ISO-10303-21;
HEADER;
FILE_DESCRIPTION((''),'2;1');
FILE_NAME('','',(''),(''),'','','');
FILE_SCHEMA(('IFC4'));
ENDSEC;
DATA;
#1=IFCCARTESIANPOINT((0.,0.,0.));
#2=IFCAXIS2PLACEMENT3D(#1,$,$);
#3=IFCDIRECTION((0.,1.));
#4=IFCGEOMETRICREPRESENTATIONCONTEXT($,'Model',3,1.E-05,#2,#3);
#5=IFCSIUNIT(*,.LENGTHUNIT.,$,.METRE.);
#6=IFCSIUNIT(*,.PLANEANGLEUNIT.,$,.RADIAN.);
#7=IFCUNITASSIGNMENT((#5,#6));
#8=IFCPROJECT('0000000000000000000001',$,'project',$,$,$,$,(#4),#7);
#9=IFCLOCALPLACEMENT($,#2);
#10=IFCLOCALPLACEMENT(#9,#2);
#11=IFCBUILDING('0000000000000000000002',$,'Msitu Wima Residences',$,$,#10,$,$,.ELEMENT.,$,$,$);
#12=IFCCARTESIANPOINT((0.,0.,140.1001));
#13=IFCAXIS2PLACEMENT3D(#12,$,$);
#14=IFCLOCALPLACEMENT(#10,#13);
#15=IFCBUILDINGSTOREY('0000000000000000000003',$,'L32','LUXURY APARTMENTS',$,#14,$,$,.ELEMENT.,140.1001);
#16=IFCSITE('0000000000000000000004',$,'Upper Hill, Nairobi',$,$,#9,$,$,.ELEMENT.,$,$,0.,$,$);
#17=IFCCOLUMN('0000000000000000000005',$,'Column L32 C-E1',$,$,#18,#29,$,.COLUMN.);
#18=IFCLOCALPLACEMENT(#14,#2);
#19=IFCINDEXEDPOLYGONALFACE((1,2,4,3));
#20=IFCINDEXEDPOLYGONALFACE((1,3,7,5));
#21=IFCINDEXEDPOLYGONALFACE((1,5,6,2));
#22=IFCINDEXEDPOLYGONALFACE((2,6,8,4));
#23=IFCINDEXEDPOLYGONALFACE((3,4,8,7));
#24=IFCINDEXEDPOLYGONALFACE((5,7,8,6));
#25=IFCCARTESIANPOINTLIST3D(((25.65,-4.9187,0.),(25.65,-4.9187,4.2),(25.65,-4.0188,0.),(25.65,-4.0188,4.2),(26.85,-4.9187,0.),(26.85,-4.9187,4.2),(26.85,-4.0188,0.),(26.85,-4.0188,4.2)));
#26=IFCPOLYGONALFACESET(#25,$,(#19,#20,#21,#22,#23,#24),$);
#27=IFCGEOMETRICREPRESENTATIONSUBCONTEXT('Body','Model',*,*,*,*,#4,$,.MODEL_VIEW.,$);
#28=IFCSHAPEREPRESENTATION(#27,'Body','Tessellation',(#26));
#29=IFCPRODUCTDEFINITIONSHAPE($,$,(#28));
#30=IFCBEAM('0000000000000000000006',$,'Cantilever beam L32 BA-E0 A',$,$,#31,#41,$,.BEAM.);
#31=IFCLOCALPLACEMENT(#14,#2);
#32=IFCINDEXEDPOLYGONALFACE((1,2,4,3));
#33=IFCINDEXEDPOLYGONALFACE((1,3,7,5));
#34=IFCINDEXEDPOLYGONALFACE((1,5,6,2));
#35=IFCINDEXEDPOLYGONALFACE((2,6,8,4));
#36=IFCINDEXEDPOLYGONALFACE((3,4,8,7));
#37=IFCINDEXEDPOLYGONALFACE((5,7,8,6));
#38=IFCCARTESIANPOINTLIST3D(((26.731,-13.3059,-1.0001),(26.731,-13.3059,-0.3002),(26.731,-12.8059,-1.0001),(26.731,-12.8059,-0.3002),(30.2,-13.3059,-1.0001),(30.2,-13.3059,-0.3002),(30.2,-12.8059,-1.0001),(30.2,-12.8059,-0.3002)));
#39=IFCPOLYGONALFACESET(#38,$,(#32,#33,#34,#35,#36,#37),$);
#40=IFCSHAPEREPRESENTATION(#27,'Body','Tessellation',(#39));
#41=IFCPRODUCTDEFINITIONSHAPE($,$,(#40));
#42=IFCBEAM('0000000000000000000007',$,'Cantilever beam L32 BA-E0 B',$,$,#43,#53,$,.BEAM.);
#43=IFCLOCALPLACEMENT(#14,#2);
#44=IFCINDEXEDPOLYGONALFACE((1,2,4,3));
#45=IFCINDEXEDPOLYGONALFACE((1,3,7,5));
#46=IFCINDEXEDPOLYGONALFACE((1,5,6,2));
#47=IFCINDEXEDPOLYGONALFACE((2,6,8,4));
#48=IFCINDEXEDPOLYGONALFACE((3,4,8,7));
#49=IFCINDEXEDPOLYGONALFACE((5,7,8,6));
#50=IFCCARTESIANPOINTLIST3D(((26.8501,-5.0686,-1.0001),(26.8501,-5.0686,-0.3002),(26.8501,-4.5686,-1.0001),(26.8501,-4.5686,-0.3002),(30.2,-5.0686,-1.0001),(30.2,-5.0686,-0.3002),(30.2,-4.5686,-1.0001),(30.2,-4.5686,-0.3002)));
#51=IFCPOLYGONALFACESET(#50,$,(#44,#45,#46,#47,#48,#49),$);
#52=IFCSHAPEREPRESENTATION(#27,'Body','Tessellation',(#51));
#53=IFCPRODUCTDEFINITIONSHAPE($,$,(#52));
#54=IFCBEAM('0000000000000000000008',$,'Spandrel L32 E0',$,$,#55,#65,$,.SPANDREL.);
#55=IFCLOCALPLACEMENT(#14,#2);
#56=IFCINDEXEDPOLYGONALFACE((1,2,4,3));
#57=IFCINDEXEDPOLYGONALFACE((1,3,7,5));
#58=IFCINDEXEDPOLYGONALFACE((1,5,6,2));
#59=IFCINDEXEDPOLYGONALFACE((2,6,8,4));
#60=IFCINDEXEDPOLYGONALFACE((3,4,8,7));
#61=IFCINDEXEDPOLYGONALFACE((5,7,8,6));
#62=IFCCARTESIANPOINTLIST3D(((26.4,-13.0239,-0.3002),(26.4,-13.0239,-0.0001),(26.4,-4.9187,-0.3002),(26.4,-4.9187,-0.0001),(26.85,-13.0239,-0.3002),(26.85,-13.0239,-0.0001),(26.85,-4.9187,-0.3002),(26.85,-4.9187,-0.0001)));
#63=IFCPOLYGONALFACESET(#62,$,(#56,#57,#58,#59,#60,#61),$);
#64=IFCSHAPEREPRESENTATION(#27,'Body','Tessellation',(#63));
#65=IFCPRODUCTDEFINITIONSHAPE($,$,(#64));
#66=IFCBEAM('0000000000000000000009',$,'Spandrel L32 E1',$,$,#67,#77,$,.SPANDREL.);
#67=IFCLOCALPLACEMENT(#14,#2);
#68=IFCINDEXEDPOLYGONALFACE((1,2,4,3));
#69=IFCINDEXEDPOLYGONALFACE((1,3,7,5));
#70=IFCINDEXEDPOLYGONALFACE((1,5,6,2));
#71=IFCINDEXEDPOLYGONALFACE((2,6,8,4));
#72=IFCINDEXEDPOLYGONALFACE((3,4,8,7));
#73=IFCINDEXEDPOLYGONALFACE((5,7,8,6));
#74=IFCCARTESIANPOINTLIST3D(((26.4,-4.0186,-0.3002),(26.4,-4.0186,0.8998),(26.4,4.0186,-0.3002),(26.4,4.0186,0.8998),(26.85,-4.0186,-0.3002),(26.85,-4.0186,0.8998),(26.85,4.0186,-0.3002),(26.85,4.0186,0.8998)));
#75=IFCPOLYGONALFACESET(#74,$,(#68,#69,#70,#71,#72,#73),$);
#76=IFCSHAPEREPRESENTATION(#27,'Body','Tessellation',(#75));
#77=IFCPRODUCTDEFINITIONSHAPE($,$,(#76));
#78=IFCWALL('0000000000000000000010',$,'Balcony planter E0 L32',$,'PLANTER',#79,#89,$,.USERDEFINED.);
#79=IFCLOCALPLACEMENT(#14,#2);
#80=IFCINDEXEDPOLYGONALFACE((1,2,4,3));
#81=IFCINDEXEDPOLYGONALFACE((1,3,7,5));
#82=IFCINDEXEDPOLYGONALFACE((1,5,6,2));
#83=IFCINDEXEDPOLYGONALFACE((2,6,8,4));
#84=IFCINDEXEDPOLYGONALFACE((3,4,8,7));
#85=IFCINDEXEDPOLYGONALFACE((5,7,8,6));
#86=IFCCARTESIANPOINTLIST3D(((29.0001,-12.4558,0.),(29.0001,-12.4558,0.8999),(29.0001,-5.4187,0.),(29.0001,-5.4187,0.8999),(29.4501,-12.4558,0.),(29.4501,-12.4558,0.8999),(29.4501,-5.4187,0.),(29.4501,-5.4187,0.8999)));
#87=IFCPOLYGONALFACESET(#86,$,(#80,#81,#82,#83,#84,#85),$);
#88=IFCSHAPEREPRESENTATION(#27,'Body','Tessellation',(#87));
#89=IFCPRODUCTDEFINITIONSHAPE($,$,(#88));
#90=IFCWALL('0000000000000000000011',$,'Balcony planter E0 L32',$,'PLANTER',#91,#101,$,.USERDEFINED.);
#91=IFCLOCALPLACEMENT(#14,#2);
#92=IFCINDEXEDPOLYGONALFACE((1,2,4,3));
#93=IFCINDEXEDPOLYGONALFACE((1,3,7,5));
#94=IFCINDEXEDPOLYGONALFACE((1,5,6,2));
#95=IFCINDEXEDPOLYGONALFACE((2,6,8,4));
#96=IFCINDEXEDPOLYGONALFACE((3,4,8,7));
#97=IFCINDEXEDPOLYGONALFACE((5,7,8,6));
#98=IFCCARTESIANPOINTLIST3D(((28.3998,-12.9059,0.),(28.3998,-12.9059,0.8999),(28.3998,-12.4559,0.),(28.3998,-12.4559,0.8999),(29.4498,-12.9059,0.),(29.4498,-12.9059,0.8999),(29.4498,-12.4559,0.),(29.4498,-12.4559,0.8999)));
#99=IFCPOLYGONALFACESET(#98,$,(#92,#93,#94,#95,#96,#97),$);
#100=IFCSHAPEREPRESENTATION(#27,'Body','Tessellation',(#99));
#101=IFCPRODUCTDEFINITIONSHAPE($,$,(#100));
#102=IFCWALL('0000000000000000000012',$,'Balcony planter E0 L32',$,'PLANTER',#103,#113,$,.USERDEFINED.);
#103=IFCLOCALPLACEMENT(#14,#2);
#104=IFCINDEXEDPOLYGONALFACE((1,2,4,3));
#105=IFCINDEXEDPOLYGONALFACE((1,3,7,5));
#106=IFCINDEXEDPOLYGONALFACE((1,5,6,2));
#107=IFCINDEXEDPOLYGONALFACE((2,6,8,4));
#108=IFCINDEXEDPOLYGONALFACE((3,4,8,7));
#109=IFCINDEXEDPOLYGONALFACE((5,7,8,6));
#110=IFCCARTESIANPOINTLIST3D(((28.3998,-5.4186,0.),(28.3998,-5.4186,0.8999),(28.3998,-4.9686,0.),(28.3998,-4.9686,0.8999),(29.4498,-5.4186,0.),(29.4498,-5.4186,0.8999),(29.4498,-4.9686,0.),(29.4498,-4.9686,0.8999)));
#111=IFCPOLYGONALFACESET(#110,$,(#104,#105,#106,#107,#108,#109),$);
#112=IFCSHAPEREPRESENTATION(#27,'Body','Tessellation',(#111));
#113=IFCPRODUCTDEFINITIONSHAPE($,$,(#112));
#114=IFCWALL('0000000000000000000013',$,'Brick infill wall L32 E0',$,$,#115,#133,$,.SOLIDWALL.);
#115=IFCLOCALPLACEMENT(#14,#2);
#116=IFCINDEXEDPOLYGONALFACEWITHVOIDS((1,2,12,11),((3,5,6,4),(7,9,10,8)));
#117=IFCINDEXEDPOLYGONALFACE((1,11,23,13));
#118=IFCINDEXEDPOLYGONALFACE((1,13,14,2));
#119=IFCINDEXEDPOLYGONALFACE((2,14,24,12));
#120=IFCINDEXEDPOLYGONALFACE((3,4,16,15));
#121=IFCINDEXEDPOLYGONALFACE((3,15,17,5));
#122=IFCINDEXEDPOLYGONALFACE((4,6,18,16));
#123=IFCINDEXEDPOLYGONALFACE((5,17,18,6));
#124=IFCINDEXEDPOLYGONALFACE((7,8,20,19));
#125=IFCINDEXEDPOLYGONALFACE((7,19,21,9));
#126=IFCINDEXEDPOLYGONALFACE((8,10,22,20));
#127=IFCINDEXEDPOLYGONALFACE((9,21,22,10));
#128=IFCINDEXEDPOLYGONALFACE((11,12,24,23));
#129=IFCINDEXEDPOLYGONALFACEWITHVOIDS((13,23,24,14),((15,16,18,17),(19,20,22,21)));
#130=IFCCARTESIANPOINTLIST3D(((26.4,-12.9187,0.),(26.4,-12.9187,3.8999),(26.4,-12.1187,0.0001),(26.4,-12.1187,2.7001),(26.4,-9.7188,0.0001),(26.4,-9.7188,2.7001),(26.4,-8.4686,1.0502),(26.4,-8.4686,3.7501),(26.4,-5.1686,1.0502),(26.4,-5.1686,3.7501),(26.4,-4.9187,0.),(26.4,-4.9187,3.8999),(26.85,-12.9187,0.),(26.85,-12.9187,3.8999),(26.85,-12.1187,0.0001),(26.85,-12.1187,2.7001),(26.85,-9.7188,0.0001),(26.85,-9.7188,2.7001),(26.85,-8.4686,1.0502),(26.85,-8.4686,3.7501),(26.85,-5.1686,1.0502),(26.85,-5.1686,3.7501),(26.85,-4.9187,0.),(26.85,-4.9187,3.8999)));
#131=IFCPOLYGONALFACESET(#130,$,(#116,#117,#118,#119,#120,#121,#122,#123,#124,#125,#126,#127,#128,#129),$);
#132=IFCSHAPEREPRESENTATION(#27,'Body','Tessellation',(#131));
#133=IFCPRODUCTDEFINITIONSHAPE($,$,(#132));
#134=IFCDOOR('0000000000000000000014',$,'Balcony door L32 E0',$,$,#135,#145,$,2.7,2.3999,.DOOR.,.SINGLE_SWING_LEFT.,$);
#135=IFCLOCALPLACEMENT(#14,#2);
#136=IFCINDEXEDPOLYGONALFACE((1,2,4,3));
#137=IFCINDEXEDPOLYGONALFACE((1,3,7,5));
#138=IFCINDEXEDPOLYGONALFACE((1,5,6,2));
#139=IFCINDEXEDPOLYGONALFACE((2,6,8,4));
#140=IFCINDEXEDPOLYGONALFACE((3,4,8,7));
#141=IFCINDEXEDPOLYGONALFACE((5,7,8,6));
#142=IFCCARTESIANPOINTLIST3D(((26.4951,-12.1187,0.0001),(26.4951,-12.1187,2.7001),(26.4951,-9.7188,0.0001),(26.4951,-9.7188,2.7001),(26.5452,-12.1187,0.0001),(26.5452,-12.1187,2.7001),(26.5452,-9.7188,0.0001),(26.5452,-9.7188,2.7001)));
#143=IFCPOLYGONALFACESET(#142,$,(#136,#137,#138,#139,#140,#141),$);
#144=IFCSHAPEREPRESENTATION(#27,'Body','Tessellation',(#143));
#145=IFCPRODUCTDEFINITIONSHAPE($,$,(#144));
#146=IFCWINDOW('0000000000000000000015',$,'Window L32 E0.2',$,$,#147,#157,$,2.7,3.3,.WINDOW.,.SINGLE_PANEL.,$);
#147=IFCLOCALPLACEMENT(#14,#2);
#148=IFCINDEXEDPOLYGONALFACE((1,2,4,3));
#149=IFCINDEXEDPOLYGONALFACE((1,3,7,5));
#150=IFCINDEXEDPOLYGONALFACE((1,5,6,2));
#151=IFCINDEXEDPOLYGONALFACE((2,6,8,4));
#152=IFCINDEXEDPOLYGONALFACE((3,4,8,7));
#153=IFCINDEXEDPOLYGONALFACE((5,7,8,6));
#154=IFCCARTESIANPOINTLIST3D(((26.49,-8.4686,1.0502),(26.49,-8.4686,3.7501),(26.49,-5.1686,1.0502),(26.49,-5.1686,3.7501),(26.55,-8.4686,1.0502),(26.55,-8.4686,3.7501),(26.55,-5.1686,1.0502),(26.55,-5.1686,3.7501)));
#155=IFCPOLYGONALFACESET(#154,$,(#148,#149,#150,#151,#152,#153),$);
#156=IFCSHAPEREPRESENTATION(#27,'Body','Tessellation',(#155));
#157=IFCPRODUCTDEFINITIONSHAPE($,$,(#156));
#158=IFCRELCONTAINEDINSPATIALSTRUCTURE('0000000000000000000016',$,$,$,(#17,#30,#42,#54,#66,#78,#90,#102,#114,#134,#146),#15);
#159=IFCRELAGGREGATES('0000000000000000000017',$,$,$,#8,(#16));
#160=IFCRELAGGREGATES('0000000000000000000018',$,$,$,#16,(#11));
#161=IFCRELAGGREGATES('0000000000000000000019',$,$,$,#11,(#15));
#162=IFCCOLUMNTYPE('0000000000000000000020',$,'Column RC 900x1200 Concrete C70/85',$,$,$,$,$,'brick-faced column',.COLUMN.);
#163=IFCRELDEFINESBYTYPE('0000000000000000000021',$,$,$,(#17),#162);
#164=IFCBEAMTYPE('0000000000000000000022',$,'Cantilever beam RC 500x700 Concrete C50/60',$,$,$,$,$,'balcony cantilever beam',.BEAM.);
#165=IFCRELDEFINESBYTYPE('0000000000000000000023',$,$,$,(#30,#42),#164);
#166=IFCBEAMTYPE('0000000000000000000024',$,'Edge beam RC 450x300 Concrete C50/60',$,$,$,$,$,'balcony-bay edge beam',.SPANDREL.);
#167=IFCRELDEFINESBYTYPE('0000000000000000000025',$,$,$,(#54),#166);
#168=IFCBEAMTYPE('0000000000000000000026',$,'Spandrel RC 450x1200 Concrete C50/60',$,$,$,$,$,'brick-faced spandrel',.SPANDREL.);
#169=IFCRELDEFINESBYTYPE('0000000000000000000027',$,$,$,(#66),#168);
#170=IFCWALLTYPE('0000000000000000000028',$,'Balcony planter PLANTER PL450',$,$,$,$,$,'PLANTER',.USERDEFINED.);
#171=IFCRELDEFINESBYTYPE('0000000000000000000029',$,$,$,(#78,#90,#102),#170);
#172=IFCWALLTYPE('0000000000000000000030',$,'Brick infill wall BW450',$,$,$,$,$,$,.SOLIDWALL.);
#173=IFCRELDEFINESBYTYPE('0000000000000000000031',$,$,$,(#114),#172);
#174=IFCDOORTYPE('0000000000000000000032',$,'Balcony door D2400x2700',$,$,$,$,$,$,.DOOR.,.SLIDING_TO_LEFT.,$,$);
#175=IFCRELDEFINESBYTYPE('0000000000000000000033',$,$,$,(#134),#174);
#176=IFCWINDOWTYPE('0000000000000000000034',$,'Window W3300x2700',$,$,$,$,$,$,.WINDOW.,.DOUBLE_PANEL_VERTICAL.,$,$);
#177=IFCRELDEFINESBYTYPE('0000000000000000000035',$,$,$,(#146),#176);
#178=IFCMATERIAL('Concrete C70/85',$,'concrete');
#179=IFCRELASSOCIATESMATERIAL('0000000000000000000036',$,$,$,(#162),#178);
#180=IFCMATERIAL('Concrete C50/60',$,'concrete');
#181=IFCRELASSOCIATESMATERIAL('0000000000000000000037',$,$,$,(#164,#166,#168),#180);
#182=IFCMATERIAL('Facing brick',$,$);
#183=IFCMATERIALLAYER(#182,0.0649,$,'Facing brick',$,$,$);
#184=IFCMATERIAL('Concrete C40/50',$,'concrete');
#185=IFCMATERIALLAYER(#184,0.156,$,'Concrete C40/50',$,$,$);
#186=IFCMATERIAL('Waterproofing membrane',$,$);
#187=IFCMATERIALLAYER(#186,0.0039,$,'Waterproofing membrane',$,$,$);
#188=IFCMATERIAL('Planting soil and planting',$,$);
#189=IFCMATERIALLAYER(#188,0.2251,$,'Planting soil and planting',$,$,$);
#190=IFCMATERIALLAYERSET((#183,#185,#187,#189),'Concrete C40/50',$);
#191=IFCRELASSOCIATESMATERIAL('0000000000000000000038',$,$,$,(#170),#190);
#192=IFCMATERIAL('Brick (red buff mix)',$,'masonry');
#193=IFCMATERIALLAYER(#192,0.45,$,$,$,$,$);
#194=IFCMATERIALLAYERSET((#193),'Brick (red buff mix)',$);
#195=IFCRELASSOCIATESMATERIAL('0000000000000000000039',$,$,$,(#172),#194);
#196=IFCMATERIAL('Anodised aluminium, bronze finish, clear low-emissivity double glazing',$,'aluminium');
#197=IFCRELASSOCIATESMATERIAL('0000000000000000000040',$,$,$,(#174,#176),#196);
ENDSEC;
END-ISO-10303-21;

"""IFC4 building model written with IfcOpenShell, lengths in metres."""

from ifc_helpers import new_model, si_unit, direction, frame, frame_2d, origin, origin_2d, place, context, subcontext, project, spatial, rectangle, extrude, material, layer, layer_set, material_profile, profile_set, type_object, element, fill, save


model = new_model("IFC4")

# Units and contexts
model_context = context("Model", 3, precision=1e-05, world=origin(), true_north=direction((0.0, 1.0)))
body_context = subcontext(model_context, "Body", "Model", "MODEL_VIEW")
ifc_project = project(units=[si_unit("LENGTHUNIT", "METRE"), si_unit("PLANEANGLEUNIT", "RADIAN")], contexts=[model_context])

# Site, building, storey
site_placement = place(None, origin())
site = spatial("IfcSite", under=ifc_project, at=site_placement, Name="Upper Hill, Nairobi", CompositionType="ELEMENT", RefElevation=0.0)
building_placement = place(site_placement, origin())
building = spatial("IfcBuilding", under=site, at=building_placement, Name="Msitu Wima Residences", CompositionType="ELEMENT")
storey_placement = place(building_placement, frame((0.0, 0.0, 140.1001)))
storey = spatial("IfcBuildingStorey", under=building, at=storey_placement, Name="L32", Description="LUXURY APARTMENTS", CompositionType="ELEMENT", Elevation=140.1001)

# Column
ifc_material_1 = material(Name="Concrete C70/85", Category="concrete")
ifc_material_profile_1 = material_profile(ifc_material_1, rectangle(XDim=0.8999, YDim=1.2, at=origin_2d()), Name="RC 900x1200")
ifc_profile_set_1 = profile_set([ifc_material_profile_1], Name="Concrete C70/85")
column_type = type_object("IfcColumnType", Name="Column RC 900x1200 Concrete C70/85", ElementType="brick-faced column", PredefinedType="COLUMN", material=ifc_profile_set_1)
column_placement = place(storey_placement, frame((26.25, -4.4688, 0.0), z_axis=(0.0, 0.0, 1.0), x_axis=(0.0, 1.0, 0.0)))
element("IfcColumn", 1, at=column_placement, inside=storey, type_object=column_type, Name="Column L32 C-E1", PredefinedType="COLUMN", context=body_context, shape_type="SweptSolid", body=[
    extrude(rectangle(XDim=0.8999, YDim=1.2, at=origin_2d()), origin(), (0.0, 0.0, 1.0), 4.2),
])

# Beams
ifc_material_2 = material(Name="Concrete C50/60", Category="concrete")
ifc_material_profile_2 = material_profile(ifc_material_2, rectangle(XDim=0.5, YDim=0.7, at=origin_2d()), Name="RC 500x700")
ifc_profile_set_2 = profile_set([ifc_material_profile_2], Name="Concrete C50/60")
beam_type_1 = type_object("IfcBeamType", Name="Cantilever beam RC 500x700 Concrete C50/60", ElementType="balcony cantilever beam", PredefinedType="BEAM", material=ifc_profile_set_2)
beam_1_placement = place(storey_placement, frame((26.731, -13.0559, -0.6501), z_axis=(1.0, 0.0, 0.0), x_axis=(0.0, 1.0, 0.0)))
element("IfcBeam", 2, at=beam_1_placement, inside=storey, type_object=beam_type_1, Name="Cantilever beam L32 BA-E0 A", PredefinedType="BEAM", context=body_context, shape_type="SweptSolid", body=[
    extrude(rectangle(XDim=0.5, YDim=0.7, at=origin_2d()), origin(), (0.0, 0.0, 1.0), 3.469),
])
beam_2_placement = place(storey_placement, frame((26.8501, -4.8186, -0.6501), z_axis=(1.0, 0.0, 0.0), x_axis=(0.0, 1.0, 0.0)))
element("IfcBeam", 3, at=beam_2_placement, inside=storey, type_object=beam_type_1, Name="Cantilever beam L32 BA-E0 B", PredefinedType="BEAM", context=body_context, shape_type="SweptSolid", body=[
    extrude(rectangle(XDim=0.5, YDim=0.7, at=origin_2d()), origin(), (0.0, 0.0, 1.0), 3.3499),
])
ifc_material_profile_3 = material_profile(ifc_material_2, rectangle(XDim=0.45, YDim=0.3, at=origin_2d()), Name="RC 450x300")
ifc_profile_set_3 = profile_set([ifc_material_profile_3], Name="Concrete C50/60")
beam_type_2 = type_object("IfcBeamType", Name="Edge beam RC 450x300 Concrete C50/60", ElementType="balcony-bay edge beam", PredefinedType="SPANDREL", material=ifc_profile_set_3)
beam_3_placement = place(storey_placement, frame((26.625, -13.0239, -0.1501), z_axis=(0.0, 1.0, 0.0), x_axis=(-1.0, 0.0, 0.0)))
element("IfcBeam", 4, at=beam_3_placement, inside=storey, type_object=beam_type_2, Name="Spandrel L32 E0", PredefinedType="SPANDREL", context=body_context, shape_type="SweptSolid", body=[
    extrude(rectangle(XDim=0.45, YDim=0.3, at=origin_2d()), origin(), (0.0, 0.0, 1.0), 8.1052),
])
ifc_material_profile_4 = material_profile(ifc_material_2, rectangle(XDim=0.45, YDim=1.2, at=origin_2d()), Name="RC 450x1200")
ifc_profile_set_4 = profile_set([ifc_material_profile_4], Name="Concrete C50/60")
beam_type_3 = type_object("IfcBeamType", Name="Spandrel RC 450x1200 Concrete C50/60", ElementType="brick-faced spandrel", PredefinedType="SPANDREL", material=ifc_profile_set_4)
beam_4_placement = place(storey_placement, frame((26.625, -4.0186, 0.2998), z_axis=(0.0, 1.0, 0.0), x_axis=(-1.0, 0.0, 0.0)))
element("IfcBeam", 5, at=beam_4_placement, inside=storey, type_object=beam_type_3, Name="Spandrel L32 E1", PredefinedType="SPANDREL", context=body_context, shape_type="SweptSolid", body=[
    extrude(rectangle(XDim=0.45, YDim=1.2, at=origin_2d()), origin(), (0.0, 0.0, 1.0), 8.0371),
])

# Walls
ifc_material_3 = material(Name="Facing brick")
ifc_layer_1 = layer(ifc_material_3, 0.0649, Name="Facing brick")
ifc_material_4 = material(Name="Concrete C40/50", Category="concrete")
ifc_layer_2 = layer(ifc_material_4, 0.156, Name="Concrete C40/50")
ifc_material_5 = material(Name="Waterproofing membrane")
ifc_layer_3 = layer(ifc_material_5, 0.0039, Name="Waterproofing membrane")
ifc_material_6 = material(Name="Planting soil and planting")
ifc_layer_4 = layer(ifc_material_6, 0.2251, Name="Planting soil and planting")
ifc_layer_set_1 = layer_set([ifc_layer_1, ifc_layer_2, ifc_layer_3, ifc_layer_4], Name="Concrete C40/50")
wall_type_1 = type_object("IfcWallType", Name="Balcony planter PLANTER PL450", ElementType="PLANTER", PredefinedType="USERDEFINED", material=ifc_layer_set_1)
wall_1_placement = place(storey_placement, frame((29.2251, -12.4558, 0.0), z_axis=(0.0, 0.0, 1.0), x_axis=(0.0, 1.0, 0.0)))
element("IfcWall", 6, at=wall_1_placement, inside=storey, type_object=wall_type_1, Name="Balcony planter E0 L32", ObjectType="PLANTER", PredefinedType="USERDEFINED", context=body_context, shape_type="SweptSolid", body=[
    extrude(rectangle(XDim=7.0371, YDim=0.45, at=frame_2d((3.5186, 0.0))), origin(), (0.0, 0.0, 1.0), 0.8999),
])
for number, where, z_axis, x_axis, name in (
    (7, (28.3999, -12.6809, 0.0), (0.0, 0.0, 1.0), (1.0, 0.0, 0.0), "Balcony planter E0 L32"),
    (8, (28.3999, -5.1936, 0.0), (0.0, 0.0, 1.0), (1.0, 0.0, 0.0), "Balcony planter E0 L32"),
):
    element("IfcWall", number, at=place(storey_placement, frame(where, z_axis=z_axis, x_axis=x_axis)), inside=storey, type_object=wall_type_1, Name=name, ObjectType="PLANTER", PredefinedType="USERDEFINED", context=body_context, shape_type="SweptSolid", body=[
        extrude(rectangle(XDim=1.05, YDim=0.45, at=frame_2d((0.5249, 0.0))), origin(), (0.0, 0.0, 1.0), 0.8999),
    ])

# Wall, openings, door, window
ifc_material_7 = material(Name="Brick (red buff mix)", Category="masonry")
ifc_layer_5 = layer(ifc_material_7, 0.45)
ifc_layer_set_2 = layer_set([ifc_layer_5], Name="Brick (red buff mix)")
wall_type_2 = type_object("IfcWallType", Name="Brick infill wall BW450", PredefinedType="SOLIDWALL", material=ifc_layer_set_2)
wall_2_placement = place(storey_placement, frame((26.625, -12.9187, 0.0), z_axis=(0.0, 0.0, 1.0), x_axis=(0.0, 1.0, 0.0)))
wall_2 = element("IfcWall", 9, at=wall_2_placement, inside=storey, type_object=wall_type_2, Name="Brick infill wall L32 E0", PredefinedType="SOLIDWALL", context=body_context, shape_type="SweptSolid", body=[
    extrude(rectangle(XDim=8.0, YDim=0.45, at=frame_2d((4.0, 0.0))), origin(), (0.0, 0.0, 1.0), 3.8999),
])
opening_1_placement = place(wall_2_placement, frame((0.8, 0.0, 0.0)))
opening_1 = element("IfcOpeningElement", 10, at=opening_1_placement, cuts=wall_2, PredefinedType="OPENING", context=body_context, shape_type="SweptSolid", body=[
    extrude(rectangle(XDim=2.3999, YDim=2.7, at=frame_2d((1.2, 1.3501))), frame((0.0, 0.2349, 0.0), z_axis=(0.0, -1.0, 0.0), x_axis=(1.0, 0.0, 0.0)), (0.0, 0.0, 1.0), 0.47),
])
opening_2_placement = place(wall_2_placement, frame((4.4502, 0.0, 1.05)))
opening_2 = element("IfcOpeningElement", 11, at=opening_2_placement, cuts=wall_2, PredefinedType="OPENING", context=body_context, shape_type="SweptSolid", body=[
    extrude(rectangle(XDim=3.3, YDim=2.7, at=frame_2d((1.6499, 1.3501))), frame((0.0, 0.2349, 0.0), z_axis=(0.0, -1.0, 0.0), x_axis=(1.0, 0.0, 0.0)), (0.0, 0.0, 1.0), 0.47),
])
ifc_material_8 = material(Name="Anodised aluminium, bronze finish, clear low-emissivity double glazing", Category="aluminium")
door_type = type_object("IfcDoorType", Name="Balcony door D2400x2700", OperationType="SLIDING_TO_LEFT", PredefinedType="DOOR", material=ifc_material_8)
door_placement = place(opening_1_placement, origin())
door = element("IfcDoor", 12, at=door_placement, inside=storey, type_object=door_type, Name="Balcony door L32 E0", OperationType="SINGLE_SWING_LEFT", OverallHeight=2.7, OverallWidth=2.3999, PredefinedType="DOOR", context=body_context, shape_type="SweptSolid", body=[
    extrude(rectangle(XDim=2.3999, YDim=2.7, at=frame_2d((1.2, 1.3501))), frame((0.0, 0.1299, 0.0), z_axis=(0.0, -1.0, 0.0), x_axis=(1.0, 0.0, 0.0)), (0.0, 0.0, 1.0), 0.05),
])
fill(opening_1, door)
window_type = type_object("IfcWindowType", Name="Window W3300x2700", PartitioningType="DOUBLE_PANEL_VERTICAL", PredefinedType="WINDOW", material=ifc_material_8)
window_1_placement = place(opening_2_placement, origin())
window_1 = element("IfcWindow", 13, at=window_1_placement, inside=storey, type_object=window_type, Name="Window L32 E0.2", OverallHeight=2.7, OverallWidth=3.3, PartitioningType="SINGLE_PANEL", PredefinedType="WINDOW", context=body_context, shape_type="SweptSolid", body=[
    extrude(rectangle(XDim=3.3, YDim=2.7, at=frame_2d((1.6499, 1.3501))), frame((0.0, 0.135, 0.0), z_axis=(0.0, -1.0, 0.0), x_axis=(1.0, 0.0, 0.0)), (0.0, 0.0, 1.0), 0.0601),
])
fill(opening_2, window_1)

save(model, "model.ifc")
